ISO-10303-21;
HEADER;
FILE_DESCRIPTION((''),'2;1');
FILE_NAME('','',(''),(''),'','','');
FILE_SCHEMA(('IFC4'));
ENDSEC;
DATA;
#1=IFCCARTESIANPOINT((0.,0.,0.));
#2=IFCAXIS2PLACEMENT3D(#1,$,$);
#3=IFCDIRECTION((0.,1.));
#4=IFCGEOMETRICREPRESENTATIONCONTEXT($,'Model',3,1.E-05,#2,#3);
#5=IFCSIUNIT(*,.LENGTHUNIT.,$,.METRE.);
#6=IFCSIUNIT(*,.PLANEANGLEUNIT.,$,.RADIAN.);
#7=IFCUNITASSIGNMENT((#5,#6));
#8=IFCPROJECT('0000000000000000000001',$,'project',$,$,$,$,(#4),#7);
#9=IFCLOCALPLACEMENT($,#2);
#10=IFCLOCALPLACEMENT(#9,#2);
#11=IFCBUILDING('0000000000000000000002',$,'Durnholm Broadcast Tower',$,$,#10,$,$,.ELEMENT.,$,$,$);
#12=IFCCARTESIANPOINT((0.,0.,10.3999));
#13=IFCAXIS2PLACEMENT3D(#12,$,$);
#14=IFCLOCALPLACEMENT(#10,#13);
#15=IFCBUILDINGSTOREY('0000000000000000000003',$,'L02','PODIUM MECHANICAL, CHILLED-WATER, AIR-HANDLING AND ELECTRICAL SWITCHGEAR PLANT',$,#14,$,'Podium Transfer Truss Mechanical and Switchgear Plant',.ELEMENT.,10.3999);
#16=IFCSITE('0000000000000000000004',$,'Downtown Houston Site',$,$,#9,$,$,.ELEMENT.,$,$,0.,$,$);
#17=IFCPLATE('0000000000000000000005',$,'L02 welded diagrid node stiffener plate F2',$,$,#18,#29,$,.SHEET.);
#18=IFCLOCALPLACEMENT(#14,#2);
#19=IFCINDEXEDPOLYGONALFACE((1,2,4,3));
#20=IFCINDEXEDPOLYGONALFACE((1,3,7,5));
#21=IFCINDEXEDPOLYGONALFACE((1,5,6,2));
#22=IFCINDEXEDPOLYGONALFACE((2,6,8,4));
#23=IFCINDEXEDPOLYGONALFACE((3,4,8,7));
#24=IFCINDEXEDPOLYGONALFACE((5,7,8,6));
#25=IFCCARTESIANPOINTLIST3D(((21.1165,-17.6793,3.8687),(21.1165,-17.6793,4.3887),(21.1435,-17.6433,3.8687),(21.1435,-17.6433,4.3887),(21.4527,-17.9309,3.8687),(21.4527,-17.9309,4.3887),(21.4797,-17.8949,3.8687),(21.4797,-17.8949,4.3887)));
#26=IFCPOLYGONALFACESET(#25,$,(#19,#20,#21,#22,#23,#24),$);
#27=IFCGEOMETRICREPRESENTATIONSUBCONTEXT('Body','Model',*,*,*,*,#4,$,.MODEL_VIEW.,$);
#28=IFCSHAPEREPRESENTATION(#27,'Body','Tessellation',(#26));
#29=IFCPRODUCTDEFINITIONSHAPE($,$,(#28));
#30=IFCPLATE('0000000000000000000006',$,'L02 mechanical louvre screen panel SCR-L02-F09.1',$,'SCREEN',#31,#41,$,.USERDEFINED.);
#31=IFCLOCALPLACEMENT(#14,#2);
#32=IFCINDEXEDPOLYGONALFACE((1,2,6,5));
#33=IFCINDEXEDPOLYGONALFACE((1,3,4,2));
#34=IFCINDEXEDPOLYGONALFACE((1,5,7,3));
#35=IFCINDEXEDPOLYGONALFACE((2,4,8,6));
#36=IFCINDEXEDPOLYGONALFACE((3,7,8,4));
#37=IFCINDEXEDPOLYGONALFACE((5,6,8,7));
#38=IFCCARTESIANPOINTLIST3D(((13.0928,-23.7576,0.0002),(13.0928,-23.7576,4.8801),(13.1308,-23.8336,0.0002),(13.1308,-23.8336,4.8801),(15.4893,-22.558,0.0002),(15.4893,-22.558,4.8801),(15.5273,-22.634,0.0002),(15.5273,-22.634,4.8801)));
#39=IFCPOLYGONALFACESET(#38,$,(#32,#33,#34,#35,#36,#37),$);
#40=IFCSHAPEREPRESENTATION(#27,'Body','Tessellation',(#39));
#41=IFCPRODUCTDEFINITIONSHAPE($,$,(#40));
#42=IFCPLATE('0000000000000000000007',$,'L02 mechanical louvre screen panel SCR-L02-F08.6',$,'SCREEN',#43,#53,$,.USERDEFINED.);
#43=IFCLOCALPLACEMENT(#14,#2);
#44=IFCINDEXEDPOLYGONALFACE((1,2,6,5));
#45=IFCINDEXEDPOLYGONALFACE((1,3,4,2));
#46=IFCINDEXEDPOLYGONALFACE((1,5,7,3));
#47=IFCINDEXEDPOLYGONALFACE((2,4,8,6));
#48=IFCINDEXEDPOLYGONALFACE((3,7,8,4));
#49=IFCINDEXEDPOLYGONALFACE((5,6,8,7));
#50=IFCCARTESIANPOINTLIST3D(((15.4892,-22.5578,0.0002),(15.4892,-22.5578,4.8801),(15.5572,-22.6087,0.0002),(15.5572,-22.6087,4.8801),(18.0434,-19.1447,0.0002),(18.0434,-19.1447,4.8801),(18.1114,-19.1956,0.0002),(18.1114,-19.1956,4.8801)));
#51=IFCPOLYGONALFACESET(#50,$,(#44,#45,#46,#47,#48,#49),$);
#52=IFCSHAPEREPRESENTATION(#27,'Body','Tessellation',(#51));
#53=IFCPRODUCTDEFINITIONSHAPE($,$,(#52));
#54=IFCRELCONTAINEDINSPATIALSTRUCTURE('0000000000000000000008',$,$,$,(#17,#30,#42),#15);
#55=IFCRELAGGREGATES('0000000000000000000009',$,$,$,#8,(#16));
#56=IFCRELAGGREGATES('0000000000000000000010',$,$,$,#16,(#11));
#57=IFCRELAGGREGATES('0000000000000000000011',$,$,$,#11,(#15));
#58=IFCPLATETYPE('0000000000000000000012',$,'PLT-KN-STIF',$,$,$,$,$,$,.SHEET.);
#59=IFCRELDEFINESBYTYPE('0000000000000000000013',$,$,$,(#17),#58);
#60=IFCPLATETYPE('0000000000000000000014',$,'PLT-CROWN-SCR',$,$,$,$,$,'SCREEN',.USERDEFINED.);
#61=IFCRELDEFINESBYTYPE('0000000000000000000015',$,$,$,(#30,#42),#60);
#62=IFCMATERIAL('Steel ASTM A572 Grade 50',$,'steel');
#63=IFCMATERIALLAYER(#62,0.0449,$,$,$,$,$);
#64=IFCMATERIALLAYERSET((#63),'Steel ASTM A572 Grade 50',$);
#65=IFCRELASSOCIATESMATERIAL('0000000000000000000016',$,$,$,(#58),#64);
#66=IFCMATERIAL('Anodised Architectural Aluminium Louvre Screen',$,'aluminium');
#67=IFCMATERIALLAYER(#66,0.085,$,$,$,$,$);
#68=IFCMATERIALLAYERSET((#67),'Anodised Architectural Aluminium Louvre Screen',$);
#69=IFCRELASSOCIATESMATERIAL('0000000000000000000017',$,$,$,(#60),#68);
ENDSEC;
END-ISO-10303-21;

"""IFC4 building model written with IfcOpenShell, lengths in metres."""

from ifc_helpers import new_model, si_unit, direction, frame, origin, origin_2d, place, context, subcontext, project, spatial, rectangle, extrude, source, transform, mapped, material, layer, layer_set, type_object, type_shapes, element, save


model = new_model("IFC4")

# Units and contexts
model_context = context("Model", 3, precision=1e-05, world=origin(), true_north=direction((0.0, 1.0)))
body_context = subcontext(model_context, "Body", "Model", "MODEL_VIEW")
ifc_project = project(units=[si_unit("LENGTHUNIT", "METRE"), si_unit("PLANEANGLEUNIT", "RADIAN")], contexts=[model_context])

# Site, building, storey
site_placement = place(None, origin())
site = spatial("IfcSite", under=ifc_project, at=site_placement, Name="Downtown Houston Site", CompositionType="ELEMENT", RefElevation=0.0)
building_placement = place(site_placement, origin())
building = spatial("IfcBuilding", under=site, at=building_placement, Name="Durnholm Broadcast Tower", CompositionType="ELEMENT")
storey_placement = place(building_placement, frame((0.0, 0.0, 10.3999)))
storey = spatial("IfcBuildingStorey", under=building, at=storey_placement, Name="L02", Description="PODIUM MECHANICAL, CHILLED-WATER, AIR-HANDLING AND ELECTRICAL SWITCHGEAR PLANT", LongName="Podium Transfer Truss Mechanical and Switchgear Plant", CompositionType="ELEMENT", Elevation=10.3999)

# Plates
ifc_material_1 = material(Name="Steel ASTM A572 Grade 50", Category="steel")
ifc_layer_1 = layer(ifc_material_1, 0.0449)
ifc_layer_set_1 = layer_set([ifc_layer_1], Name="Steel ASTM A572 Grade 50")
plate_type_1 = type_object("IfcPlateType", Name="PLT-KN-STIF", PredefinedType="SHEET", material=ifc_layer_set_1)
shared_shape_1 = source(origin(), body_context, "Body", "SweptSolid", [
    extrude(rectangle(XDim=0.0449, YDim=0.4199, at=origin_2d()), origin(), (0.0, 0.0, 1.0), 0.52),
])
type_shapes(plate_type_1, [shared_shape_1])
plate_1_placement = place(storey_placement, frame((21.2981, -17.7871, 3.8687), z_axis=(0.0, 0.0, 1.0), x_axis=(0.599163, 0.800627, 0.0)))
element("IfcPlate", 1, at=plate_1_placement, inside=storey, type_object=plate_type_1, Name="L02 welded diagrid node stiffener plate F2", PredefinedType="SHEET", context=body_context, shape_type="MappedRepresentation", body=[
    mapped(shared_shape_1, transform((0.0, 0.0, 0.0), x_axis=(1.0, 0.0, 0.0), y_axis=(0.0, 1.0, 0.0), z_axis=(0.0, 0.0, 1.0), scale=1.0)),
])
ifc_material_2 = material(Name="Anodised Architectural Aluminium Louvre Screen", Category="aluminium")
ifc_layer_2 = layer(ifc_material_2, 0.085)
ifc_layer_set_2 = layer_set([ifc_layer_2], Name="Anodised Architectural Aluminium Louvre Screen")
plate_type_2 = type_object("IfcPlateType", Name="PLT-CROWN-SCR", ElementType="SCREEN", PredefinedType="USERDEFINED", material=ifc_layer_set_2)
shared_shape_2 = source(origin(), body_context, "Body", "SweptSolid", [
    extrude(rectangle(XDim=2.6799, YDim=0.085, at=origin_2d()), origin(), (0.0, 0.0, 1.0), 4.8799),
])
plate_2_placement = place(storey_placement, frame((14.3101, -23.1958, 0.0002), z_axis=(0.0, 0.0, 1.0), x_axis=(-0.894232, -0.447603, 0.0)))
element("IfcPlate", 2, at=plate_2_placement, inside=storey, type_object=plate_type_2, Name="L02 mechanical louvre screen panel SCR-L02-F09.1", ObjectType="SCREEN", PredefinedType="USERDEFINED", context=body_context, shape_type="MappedRepresentation", body=[
    mapped(shared_shape_2, transform((0.0, 0.0, 0.0), x_axis=(1.0, 0.0, 0.0), y_axis=(0.0, 1.0, 0.0), z_axis=(0.0, 0.0, 1.0), scale=1.0)),
])
shared_shape_3 = source(origin(), body_context, "Body", "SweptSolid", [
    extrude(rectangle(XDim=4.2629, YDim=0.085, at=origin_2d()), origin(), (0.0, 0.0, 1.0), 4.8799),
])
type_shapes(plate_type_2, [shared_shape_2, shared_shape_3])
plate_3_placement = place(storey_placement, frame((16.8003, -20.8767, 0.0002), z_axis=(0.0, 0.0, 1.0), x_axis=(-0.599163, -0.800627, 0.0)))
element("IfcPlate", 3, at=plate_3_placement, inside=storey, type_object=plate_type_2, Name="L02 mechanical louvre screen panel SCR-L02-F08.6", ObjectType="SCREEN", PredefinedType="USERDEFINED", context=body_context, shape_type="MappedRepresentation", body=[
    mapped(shared_shape_3, transform((0.0, 0.0, 0.0), x_axis=(1.0, 0.0, 0.0), y_axis=(0.0, 1.0, 0.0), z_axis=(0.0, 0.0, 1.0), scale=1.0)),
])

save(model, "model.ifc")
